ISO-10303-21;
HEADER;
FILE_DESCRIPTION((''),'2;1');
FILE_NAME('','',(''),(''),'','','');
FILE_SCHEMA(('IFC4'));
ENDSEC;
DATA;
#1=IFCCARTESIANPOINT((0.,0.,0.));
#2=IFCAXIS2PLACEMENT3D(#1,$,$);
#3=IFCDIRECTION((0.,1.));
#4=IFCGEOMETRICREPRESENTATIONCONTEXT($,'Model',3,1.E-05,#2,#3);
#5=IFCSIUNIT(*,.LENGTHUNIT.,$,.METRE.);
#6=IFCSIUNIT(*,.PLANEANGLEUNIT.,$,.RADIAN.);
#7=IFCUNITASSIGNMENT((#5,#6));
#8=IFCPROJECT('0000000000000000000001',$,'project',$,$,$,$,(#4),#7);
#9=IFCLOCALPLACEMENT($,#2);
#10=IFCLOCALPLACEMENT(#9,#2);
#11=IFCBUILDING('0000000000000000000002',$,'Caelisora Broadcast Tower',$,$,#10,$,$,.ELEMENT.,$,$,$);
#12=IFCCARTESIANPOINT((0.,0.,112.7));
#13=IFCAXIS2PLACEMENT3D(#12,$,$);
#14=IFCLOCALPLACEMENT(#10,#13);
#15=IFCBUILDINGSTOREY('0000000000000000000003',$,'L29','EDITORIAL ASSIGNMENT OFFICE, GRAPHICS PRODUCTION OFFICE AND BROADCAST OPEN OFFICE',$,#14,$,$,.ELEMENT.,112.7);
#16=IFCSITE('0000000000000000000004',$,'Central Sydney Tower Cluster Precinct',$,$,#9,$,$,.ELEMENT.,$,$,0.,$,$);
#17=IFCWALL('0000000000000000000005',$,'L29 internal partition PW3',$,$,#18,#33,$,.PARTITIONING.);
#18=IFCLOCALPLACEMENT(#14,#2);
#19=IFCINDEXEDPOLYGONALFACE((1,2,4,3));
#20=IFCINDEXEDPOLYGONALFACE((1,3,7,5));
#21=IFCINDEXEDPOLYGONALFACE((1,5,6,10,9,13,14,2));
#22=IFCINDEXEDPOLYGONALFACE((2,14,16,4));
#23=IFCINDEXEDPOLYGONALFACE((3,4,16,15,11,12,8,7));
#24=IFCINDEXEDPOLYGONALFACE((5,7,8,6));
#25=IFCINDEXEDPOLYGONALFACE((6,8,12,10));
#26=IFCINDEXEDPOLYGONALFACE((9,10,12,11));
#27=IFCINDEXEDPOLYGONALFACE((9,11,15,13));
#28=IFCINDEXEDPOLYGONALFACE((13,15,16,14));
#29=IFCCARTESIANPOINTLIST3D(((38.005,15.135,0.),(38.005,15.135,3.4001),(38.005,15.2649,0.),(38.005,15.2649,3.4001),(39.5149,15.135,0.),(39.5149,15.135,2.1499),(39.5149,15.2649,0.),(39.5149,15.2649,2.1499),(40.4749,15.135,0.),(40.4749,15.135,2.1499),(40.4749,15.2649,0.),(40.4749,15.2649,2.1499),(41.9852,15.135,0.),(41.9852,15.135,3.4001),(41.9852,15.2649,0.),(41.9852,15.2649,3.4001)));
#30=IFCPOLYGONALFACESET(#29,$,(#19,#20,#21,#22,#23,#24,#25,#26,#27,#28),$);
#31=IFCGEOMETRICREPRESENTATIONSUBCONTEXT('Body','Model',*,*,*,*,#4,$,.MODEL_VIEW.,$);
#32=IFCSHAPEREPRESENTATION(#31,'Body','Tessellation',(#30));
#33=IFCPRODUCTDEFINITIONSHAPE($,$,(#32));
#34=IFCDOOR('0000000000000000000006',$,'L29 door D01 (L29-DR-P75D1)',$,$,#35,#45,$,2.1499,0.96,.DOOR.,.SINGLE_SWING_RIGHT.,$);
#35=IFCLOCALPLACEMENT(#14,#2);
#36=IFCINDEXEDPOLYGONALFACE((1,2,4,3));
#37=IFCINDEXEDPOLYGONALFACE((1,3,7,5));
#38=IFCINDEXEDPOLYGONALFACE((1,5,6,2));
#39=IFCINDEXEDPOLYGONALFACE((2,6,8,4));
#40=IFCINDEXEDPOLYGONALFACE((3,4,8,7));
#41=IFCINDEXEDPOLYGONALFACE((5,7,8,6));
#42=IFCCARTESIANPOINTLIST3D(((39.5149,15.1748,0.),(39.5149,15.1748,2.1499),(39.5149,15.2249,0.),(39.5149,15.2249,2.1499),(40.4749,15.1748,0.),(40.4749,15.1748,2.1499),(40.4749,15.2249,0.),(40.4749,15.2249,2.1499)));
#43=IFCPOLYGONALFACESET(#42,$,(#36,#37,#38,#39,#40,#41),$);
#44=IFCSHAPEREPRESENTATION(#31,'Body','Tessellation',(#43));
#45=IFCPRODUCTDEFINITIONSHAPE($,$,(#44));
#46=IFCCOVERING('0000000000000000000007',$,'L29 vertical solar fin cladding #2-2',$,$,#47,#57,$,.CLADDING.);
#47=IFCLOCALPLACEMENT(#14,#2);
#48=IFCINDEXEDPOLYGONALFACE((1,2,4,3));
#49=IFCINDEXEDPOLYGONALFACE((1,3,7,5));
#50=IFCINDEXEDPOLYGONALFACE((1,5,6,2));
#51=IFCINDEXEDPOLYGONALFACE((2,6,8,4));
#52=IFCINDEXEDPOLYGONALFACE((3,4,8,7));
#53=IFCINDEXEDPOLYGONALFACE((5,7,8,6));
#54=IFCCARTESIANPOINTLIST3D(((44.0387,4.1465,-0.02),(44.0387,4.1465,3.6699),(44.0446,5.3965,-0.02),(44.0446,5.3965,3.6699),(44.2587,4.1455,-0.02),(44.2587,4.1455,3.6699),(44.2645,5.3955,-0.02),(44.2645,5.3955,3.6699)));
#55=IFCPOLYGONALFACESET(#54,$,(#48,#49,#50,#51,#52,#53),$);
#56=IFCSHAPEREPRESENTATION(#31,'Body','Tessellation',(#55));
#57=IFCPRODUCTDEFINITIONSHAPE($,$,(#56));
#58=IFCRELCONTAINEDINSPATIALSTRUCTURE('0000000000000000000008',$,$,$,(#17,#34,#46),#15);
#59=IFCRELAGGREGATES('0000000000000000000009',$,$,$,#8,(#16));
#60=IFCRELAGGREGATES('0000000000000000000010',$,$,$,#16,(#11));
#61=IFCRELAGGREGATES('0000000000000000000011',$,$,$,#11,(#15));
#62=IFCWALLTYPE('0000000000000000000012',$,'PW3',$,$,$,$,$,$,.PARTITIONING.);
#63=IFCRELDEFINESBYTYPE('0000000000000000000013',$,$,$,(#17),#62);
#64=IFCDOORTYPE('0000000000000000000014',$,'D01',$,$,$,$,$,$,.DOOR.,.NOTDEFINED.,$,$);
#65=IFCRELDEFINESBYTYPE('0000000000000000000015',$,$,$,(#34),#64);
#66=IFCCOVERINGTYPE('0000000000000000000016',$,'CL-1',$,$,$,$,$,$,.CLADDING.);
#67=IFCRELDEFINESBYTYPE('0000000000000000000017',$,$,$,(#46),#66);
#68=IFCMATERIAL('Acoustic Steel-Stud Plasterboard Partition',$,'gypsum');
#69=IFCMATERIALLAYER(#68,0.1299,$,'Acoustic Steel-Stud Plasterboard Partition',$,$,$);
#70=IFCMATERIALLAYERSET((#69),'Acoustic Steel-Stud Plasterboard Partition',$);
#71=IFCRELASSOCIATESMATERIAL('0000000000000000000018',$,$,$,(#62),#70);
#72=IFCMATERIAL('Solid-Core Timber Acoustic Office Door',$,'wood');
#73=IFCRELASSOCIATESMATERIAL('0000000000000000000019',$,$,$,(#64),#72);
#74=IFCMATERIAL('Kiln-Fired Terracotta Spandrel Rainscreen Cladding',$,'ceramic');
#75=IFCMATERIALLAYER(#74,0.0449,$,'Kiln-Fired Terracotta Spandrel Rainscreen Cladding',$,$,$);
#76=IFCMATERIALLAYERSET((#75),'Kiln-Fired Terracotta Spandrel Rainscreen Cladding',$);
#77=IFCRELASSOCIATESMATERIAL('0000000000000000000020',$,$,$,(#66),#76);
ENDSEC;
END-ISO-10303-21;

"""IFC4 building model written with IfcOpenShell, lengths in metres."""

from ifc_helpers import new_model, si_unit, direction, frame, frame_2d, origin, origin_2d, place, context, subcontext, project, spatial, rectangle, extrude, source, transform, mapped, material, layer, layer_set, type_object, type_shapes, element, fill, save


model = new_model("IFC4")

# Units and contexts
model_context = context("Model", 3, precision=1e-05, world=origin(), true_north=direction((0.0, 1.0)))
body_context = subcontext(model_context, "Body", "Model", "MODEL_VIEW")
ifc_project = project(units=[si_unit("LENGTHUNIT", "METRE"), si_unit("PLANEANGLEUNIT", "RADIAN")], contexts=[model_context])

# Site, building, storey
site_placement = place(None, origin())
site = spatial("IfcSite", under=ifc_project, at=site_placement, Name="Central Sydney Tower Cluster Precinct", CompositionType="ELEMENT", RefElevation=0.0)
building_placement = place(site_placement, origin())
building = spatial("IfcBuilding", under=site, at=building_placement, Name="Caelisora Broadcast Tower", CompositionType="ELEMENT")
storey_placement = place(building_placement, frame((0.0, 0.0, 112.7)))
storey = spatial("IfcBuildingStorey", under=building, at=storey_placement, Name="L29", Description="EDITORIAL ASSIGNMENT OFFICE, GRAPHICS PRODUCTION OFFICE AND BROADCAST OPEN OFFICE", CompositionType="ELEMENT", Elevation=112.7)

# Shared definitions
ifc_material_1 = material(Name="Acoustic Steel-Stud Plasterboard Partition", Category="gypsum")
ifc_layer_1 = layer(ifc_material_1, 0.1299, Name="Acoustic Steel-Stud Plasterboard Partition")
ifc_layer_set_1 = layer_set([ifc_layer_1], Name="Acoustic Steel-Stud Plasterboard Partition")
wall_type_1 = type_object("IfcWallType", Name="PW3", PredefinedType="PARTITIONING", material=ifc_layer_set_1)

# Wall, opening, door
ifc_material_2 = material(Name="Solid-Core Timber Acoustic Office Door", Category="wood")
door_type_1 = type_object("IfcDoorType", Name="D01", OperationType="NOTDEFINED", PredefinedType="DOOR", material=ifc_material_2)
wall_1_placement = place(storey_placement, frame((38.0049, 15.2, 0.0), z_axis=(0.0, 0.0, 1.0), x_axis=(1.0, 0.0, 0.0)))
wall_1 = element("IfcWall", 1, at=wall_1_placement, inside=storey, type_object=wall_type_1, Name="L29 internal partition PW3", PredefinedType="PARTITIONING", context=body_context, shape_type="SweptSolid", body=[
    extrude(rectangle(XDim=3.9802, YDim=0.1299, at=frame_2d((1.9902, 0.0))), origin(), (0.0, 0.0, 1.0), 3.4001),
])
opening_1_placement = place(wall_1_placement, frame((1.51, 0.0, 0.0)))
opening_1 = element("IfcOpeningElement", 2, at=opening_1_placement, cuts=wall_1, PredefinedType="OPENING", context=body_context, shape_type="SweptSolid", body=[
    extrude(rectangle(XDim=0.96, YDim=2.1499, at=frame_2d((0.48, 1.075))), frame((0.0, 0.0769, 0.0), z_axis=(0.0, -1.0, 0.0), x_axis=(1.0, 0.0, 0.0)), (0.0, 0.0, 1.0), 0.1538),
])
door_1_placement = place(opening_1_placement, origin())
door_1 = element("IfcDoor", 3, at=door_1_placement, inside=storey, type_object=door_type_1, Name="L29 door D01 (L29-DR-P75D1)", OperationType="SINGLE_SWING_RIGHT", OverallHeight=2.1499, OverallWidth=0.96, PredefinedType="DOOR", context=body_context, shape_type="SweptSolid", body=[
    extrude(rectangle(XDim=0.96, YDim=2.1499, at=frame_2d((0.48, 1.075))), frame((0.0, 0.0249, 0.0), z_axis=(0.0, -1.0, 0.0), x_axis=(1.0, 0.0, 0.0)), (0.0, 0.0, 1.0), 0.05),
])
fill(opening_1, door_1)

# Covering
ifc_material_3 = material(Name="Kiln-Fired Terracotta Spandrel Rainscreen Cladding", Category="ceramic")
ifc_layer_2 = layer(ifc_material_3, 0.0449, Name="Kiln-Fired Terracotta Spandrel Rainscreen Cladding")
ifc_layer_set_2 = layer_set([ifc_layer_2], Name="Kiln-Fired Terracotta Spandrel Rainscreen Cladding")
covering_type = type_object("IfcCoveringType", Name="CL-1", PredefinedType="CLADDING", material=ifc_layer_set_2)
shared_shape_1 = source(origin(), body_context, "Body", "SweptSolid", [
    extrude(rectangle(XDim=0.22, YDim=1.25, at=origin_2d()), origin(), (0.0, 0.0, 1.0), 3.6899),
])
type_shapes(covering_type, [shared_shape_1])
covering_placement = place(storey_placement, frame((44.1516, 4.771, -0.02), z_axis=(0.0, 0.0, 1.0), x_axis=(-0.999989, 0.004712, 0.0)))
element("IfcCovering", 4, at=covering_placement, inside=storey, type_object=covering_type, Name="L29 vertical solar fin cladding #2-2", PredefinedType="CLADDING", context=body_context, shape_type="MappedRepresentation", body=[
    mapped(shared_shape_1, transform((0.0, 0.0, 0.0), scale=1.0)),
])

save(model, "model.ifc")
